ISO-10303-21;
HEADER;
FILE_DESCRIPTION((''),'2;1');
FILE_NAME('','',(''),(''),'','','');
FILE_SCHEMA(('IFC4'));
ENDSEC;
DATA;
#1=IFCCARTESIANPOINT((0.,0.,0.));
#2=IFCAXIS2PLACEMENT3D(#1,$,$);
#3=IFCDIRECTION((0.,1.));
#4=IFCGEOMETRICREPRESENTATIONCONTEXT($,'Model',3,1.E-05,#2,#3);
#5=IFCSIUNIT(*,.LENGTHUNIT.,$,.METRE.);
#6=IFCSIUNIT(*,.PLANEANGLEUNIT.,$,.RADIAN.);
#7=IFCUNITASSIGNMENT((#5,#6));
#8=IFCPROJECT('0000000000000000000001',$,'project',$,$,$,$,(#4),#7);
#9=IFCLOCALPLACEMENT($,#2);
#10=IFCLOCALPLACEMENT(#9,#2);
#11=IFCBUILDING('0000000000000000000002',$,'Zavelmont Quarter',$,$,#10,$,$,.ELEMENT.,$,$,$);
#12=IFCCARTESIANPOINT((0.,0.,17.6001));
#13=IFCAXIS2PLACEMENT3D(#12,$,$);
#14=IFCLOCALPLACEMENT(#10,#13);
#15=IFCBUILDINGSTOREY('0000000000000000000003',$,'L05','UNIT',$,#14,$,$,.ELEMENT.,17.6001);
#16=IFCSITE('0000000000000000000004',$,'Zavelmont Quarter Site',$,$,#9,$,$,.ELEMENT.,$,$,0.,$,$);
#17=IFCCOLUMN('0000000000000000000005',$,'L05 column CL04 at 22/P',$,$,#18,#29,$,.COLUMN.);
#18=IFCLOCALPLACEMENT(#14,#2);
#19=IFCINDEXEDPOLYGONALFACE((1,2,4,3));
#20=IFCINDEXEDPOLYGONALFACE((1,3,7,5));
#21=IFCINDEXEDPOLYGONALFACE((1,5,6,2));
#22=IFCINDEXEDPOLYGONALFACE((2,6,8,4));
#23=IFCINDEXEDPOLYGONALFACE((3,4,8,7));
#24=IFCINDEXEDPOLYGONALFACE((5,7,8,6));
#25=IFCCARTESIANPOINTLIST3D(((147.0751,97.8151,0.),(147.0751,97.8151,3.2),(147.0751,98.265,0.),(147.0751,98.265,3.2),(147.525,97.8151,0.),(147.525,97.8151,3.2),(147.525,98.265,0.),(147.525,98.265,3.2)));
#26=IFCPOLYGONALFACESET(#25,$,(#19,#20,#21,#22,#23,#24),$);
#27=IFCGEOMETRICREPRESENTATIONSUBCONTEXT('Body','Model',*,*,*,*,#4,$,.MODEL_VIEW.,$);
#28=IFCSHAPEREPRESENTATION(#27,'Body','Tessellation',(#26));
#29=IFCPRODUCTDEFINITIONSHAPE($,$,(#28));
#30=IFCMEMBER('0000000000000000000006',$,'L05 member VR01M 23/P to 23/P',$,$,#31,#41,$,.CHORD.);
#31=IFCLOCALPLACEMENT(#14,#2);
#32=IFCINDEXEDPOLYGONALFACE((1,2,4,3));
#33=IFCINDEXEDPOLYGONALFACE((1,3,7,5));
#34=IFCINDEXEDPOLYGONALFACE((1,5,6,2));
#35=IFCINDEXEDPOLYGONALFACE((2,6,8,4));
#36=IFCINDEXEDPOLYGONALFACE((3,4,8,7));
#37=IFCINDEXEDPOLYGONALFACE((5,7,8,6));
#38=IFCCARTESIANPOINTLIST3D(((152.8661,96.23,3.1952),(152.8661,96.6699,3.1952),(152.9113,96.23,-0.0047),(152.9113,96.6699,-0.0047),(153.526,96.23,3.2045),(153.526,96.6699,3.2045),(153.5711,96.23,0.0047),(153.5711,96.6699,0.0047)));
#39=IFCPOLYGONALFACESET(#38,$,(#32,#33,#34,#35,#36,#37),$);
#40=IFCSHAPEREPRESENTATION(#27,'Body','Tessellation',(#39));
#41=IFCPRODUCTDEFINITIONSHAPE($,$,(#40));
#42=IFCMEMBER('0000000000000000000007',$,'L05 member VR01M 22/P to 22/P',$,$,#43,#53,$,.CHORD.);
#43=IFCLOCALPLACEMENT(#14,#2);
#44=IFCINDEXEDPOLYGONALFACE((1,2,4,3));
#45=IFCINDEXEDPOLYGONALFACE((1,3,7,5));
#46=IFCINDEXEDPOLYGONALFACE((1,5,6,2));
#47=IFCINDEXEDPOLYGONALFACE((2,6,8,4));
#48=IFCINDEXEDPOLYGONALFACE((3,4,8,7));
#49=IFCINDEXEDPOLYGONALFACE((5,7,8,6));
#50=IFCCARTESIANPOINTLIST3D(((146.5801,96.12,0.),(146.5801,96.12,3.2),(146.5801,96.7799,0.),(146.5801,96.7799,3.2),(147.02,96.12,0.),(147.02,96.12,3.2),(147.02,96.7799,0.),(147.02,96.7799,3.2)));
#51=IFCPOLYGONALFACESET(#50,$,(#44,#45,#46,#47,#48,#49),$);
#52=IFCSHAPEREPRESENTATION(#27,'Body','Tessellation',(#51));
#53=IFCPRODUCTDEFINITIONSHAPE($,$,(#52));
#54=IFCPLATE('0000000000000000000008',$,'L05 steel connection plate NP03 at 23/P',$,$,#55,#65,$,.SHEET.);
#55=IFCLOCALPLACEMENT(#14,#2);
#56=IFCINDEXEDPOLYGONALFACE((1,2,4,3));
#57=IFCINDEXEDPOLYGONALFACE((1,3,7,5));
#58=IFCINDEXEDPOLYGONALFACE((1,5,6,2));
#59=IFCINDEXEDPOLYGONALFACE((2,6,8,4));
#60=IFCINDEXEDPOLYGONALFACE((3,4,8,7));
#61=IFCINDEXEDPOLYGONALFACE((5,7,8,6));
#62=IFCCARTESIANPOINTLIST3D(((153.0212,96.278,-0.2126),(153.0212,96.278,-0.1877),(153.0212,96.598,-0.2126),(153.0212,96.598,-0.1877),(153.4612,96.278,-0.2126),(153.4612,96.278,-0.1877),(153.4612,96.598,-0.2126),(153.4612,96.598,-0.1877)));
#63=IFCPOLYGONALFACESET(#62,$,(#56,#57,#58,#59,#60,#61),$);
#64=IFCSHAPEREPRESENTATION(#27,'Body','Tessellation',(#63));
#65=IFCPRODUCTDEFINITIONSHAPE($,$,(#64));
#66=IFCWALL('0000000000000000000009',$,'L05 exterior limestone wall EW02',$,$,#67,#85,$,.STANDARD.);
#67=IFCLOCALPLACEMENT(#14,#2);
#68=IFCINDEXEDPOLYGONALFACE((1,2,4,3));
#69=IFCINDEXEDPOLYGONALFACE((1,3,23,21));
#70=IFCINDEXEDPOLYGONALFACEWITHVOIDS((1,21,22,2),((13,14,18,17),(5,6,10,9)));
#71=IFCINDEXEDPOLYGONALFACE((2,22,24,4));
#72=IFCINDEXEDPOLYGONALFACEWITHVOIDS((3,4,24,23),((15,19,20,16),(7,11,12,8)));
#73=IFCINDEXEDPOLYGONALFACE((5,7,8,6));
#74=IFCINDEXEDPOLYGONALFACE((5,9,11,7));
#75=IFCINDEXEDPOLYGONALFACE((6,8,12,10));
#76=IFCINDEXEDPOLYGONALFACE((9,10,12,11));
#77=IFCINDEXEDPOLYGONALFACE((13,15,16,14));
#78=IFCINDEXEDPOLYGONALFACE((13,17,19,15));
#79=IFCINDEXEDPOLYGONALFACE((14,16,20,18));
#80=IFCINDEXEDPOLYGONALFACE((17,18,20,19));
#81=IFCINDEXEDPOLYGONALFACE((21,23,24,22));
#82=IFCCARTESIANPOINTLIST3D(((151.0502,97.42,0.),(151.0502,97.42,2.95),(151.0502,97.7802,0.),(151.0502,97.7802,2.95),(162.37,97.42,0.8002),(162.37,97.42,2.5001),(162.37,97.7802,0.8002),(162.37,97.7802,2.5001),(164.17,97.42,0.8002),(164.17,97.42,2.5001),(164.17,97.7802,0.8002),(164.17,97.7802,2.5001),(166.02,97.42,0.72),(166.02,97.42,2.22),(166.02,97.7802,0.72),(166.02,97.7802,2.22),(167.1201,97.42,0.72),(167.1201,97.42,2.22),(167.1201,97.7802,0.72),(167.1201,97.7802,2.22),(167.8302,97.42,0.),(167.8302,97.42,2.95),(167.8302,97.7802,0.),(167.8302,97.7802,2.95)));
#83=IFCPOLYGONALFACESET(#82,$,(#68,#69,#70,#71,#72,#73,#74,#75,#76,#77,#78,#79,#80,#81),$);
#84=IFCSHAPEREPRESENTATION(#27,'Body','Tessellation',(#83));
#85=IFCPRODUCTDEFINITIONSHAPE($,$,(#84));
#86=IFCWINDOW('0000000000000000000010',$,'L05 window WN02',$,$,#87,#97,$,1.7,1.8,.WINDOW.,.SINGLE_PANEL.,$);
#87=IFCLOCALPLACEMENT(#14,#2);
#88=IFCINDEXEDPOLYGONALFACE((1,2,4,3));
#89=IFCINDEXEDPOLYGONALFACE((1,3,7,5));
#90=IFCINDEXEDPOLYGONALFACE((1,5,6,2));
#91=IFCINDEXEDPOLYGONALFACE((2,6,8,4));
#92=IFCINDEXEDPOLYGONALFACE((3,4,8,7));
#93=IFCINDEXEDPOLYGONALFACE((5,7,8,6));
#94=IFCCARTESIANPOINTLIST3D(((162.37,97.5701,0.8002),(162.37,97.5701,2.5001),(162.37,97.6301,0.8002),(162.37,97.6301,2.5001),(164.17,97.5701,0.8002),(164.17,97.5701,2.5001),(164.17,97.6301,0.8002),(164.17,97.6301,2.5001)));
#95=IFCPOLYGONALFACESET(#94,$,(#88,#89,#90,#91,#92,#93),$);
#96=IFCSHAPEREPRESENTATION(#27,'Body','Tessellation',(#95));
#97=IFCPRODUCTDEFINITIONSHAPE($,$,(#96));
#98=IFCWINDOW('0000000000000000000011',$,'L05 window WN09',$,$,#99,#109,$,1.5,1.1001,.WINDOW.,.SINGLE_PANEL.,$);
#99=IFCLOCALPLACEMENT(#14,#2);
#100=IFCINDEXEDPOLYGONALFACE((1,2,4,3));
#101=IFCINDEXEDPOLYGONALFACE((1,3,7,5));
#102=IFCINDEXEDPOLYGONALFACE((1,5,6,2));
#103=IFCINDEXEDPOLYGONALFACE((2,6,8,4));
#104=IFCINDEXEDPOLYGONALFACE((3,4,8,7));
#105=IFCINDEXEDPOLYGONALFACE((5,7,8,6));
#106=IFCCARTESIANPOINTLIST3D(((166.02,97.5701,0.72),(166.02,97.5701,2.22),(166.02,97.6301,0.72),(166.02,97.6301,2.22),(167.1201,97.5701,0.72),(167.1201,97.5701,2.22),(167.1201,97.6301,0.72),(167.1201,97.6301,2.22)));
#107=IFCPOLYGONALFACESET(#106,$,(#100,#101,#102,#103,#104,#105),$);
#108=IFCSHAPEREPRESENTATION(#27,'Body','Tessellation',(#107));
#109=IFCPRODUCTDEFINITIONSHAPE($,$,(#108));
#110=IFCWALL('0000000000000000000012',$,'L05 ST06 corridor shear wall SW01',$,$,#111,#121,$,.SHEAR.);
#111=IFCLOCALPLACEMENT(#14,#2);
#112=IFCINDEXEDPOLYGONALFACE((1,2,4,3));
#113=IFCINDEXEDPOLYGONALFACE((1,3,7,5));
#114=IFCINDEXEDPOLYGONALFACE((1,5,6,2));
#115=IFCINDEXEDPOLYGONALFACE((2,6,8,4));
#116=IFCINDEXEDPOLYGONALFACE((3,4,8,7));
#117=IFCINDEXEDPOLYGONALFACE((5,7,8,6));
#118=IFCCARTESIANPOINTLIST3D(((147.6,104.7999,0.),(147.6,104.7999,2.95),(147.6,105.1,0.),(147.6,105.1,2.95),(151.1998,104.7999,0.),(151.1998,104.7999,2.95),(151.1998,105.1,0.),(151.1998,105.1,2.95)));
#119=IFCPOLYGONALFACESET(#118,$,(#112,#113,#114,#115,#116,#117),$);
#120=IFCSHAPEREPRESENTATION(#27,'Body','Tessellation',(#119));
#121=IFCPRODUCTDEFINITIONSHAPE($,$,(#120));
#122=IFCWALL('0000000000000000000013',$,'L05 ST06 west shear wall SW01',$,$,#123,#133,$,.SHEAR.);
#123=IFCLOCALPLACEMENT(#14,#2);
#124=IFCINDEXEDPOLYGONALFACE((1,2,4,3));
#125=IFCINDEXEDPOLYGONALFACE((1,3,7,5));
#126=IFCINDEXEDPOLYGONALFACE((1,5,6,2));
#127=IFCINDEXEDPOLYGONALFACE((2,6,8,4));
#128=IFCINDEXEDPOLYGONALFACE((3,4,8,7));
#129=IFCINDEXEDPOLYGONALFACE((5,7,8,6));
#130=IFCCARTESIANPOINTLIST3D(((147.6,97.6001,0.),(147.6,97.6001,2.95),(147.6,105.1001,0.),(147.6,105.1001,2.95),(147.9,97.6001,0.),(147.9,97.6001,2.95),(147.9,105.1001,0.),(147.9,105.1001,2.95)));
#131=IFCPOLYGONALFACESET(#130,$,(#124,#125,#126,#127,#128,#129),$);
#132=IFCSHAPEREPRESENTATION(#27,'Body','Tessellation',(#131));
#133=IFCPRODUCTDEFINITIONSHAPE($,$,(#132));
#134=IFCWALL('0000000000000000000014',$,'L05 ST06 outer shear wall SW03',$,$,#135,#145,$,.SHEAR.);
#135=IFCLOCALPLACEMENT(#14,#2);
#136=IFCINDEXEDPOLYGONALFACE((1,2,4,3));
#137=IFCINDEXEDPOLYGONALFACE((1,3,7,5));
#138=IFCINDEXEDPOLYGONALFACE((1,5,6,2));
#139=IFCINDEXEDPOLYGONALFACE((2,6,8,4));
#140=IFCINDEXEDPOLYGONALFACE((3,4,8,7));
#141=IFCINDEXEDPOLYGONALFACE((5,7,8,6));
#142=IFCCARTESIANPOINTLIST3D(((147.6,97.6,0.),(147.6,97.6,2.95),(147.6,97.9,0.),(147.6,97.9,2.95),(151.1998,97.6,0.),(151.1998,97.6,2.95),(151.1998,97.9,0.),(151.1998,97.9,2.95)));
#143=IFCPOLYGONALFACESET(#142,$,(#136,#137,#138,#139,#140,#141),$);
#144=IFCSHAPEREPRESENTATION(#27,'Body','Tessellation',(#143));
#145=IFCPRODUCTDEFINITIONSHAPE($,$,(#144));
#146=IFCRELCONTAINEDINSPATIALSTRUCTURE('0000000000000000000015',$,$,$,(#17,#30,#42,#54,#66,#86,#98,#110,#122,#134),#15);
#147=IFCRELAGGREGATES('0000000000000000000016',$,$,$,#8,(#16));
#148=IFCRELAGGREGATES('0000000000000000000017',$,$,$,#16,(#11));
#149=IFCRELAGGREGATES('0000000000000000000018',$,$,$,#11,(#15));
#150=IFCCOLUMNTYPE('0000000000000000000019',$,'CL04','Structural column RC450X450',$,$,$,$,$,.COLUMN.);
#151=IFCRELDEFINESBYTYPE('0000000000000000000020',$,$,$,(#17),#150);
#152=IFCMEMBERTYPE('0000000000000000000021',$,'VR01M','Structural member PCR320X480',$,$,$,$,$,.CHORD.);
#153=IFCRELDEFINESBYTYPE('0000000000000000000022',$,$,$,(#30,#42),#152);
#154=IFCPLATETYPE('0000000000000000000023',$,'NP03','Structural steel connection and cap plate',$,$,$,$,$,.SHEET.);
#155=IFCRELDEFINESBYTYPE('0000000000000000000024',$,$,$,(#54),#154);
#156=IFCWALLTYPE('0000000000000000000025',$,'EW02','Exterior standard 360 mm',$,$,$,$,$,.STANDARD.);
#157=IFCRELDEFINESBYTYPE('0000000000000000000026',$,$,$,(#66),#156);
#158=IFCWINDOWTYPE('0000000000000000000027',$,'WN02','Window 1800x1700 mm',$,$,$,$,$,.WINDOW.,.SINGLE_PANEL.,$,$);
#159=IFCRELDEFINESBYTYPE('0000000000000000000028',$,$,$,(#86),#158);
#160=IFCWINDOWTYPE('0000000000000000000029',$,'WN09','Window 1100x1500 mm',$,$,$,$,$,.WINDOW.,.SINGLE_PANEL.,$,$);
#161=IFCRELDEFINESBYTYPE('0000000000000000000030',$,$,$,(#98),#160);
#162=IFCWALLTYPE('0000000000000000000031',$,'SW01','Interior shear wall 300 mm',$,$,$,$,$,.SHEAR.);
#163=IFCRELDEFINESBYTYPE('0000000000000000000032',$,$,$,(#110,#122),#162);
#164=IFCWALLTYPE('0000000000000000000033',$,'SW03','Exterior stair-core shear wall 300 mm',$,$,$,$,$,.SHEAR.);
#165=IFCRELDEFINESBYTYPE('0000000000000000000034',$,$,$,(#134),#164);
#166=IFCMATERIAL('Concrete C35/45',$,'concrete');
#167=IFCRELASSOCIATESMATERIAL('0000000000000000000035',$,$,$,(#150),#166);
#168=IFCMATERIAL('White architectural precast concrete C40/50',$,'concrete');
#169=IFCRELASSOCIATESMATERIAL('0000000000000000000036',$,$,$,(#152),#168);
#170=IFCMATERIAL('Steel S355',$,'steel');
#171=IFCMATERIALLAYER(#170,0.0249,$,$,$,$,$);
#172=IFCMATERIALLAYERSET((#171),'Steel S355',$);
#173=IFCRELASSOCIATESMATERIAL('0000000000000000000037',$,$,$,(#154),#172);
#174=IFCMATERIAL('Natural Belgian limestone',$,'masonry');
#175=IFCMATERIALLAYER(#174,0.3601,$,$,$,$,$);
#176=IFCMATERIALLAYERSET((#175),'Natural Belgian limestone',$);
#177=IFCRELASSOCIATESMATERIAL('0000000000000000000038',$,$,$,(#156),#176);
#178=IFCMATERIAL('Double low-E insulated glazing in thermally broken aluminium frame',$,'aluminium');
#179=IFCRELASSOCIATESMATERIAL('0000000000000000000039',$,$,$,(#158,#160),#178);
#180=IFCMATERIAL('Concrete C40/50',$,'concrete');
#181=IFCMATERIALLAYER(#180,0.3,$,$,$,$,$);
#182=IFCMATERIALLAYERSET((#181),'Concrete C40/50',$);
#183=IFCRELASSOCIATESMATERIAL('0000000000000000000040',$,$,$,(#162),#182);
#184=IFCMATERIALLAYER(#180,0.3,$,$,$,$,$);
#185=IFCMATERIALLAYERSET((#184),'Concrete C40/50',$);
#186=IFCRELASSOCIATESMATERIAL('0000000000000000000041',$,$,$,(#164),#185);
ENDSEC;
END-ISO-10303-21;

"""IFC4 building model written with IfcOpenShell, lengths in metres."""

from ifc_helpers import new_model, si_unit, direction, frame, frame_2d, origin, origin_with_axes, origin_2d, place, context, subcontext, project, spatial, rectangle, extrude, material, layer, layer_set, material_profile, profile_set, type_object, element, fill, save


model = new_model("IFC4")

# Units and contexts
model_context = context("Model", 3, precision=1e-05, world=origin(), true_north=direction((0.0, 1.0)))
body_context = subcontext(model_context, "Body", "Model", "MODEL_VIEW")
ifc_project = project(units=[si_unit("LENGTHUNIT", "METRE"), si_unit("PLANEANGLEUNIT", "RADIAN")], contexts=[model_context])

# Site, building, storey
site_placement = place(None, origin())
site = spatial("IfcSite", under=ifc_project, at=site_placement, Name="Zavelmont Quarter Site", CompositionType="ELEMENT", RefElevation=0.0)
building_placement = place(site_placement, origin())
building = spatial("IfcBuilding", under=site, at=building_placement, Name="Zavelmont Quarter", CompositionType="ELEMENT")
storey_placement = place(building_placement, frame((0.0, 0.0, 17.6001)))
storey = spatial("IfcBuildingStorey", under=building, at=storey_placement, Name="L05", Description="UNIT", CompositionType="ELEMENT", Elevation=17.6001)

# Column
ifc_material_1 = material(Name="Concrete C35/45", Category="concrete")
ifc_material_profile_1 = material_profile(ifc_material_1, rectangle(XDim=0.45, YDim=0.45, at=origin_2d()), Name="RC450X450")
ifc_profile_set_1 = profile_set([ifc_material_profile_1], Name="Concrete C35/45")
column_type = type_object("IfcColumnType", Name="CL04", Description="Structural column RC450X450", PredefinedType="COLUMN", material=ifc_profile_set_1)
column_placement = place(storey_placement, frame((147.3, 98.04, 0.0), z_axis=(0.0, 0.0, 1.0), x_axis=(1.0, 0.0, 0.0)))
element("IfcColumn", 1, at=column_placement, inside=storey, type_object=column_type, Name="L05 column CL04 at 22/P", PredefinedType="COLUMN", context=body_context, shape_type="SweptSolid", body=[
    extrude(rectangle(XDim=0.45, YDim=0.45, at=origin_2d()), origin(), (0.0, 0.0, 1.0), 3.2),
])

# Members
ifc_material_2 = material(Name="White architectural precast concrete C40/50", Category="concrete")
ifc_material_profile_2 = material_profile(ifc_material_2, rectangle(XDim=0.4399, YDim=0.6599, at=origin_2d()), Name="PCR320X480")
ifc_profile_set_2 = profile_set([ifc_material_profile_2], Name="White architectural precast concrete C40/50")
member_type = type_object("IfcMemberType", Name="VR01M", Description="Structural member PCR320X480", PredefinedType="CHORD", material=ifc_profile_set_2)
member_1_placement = place(storey_placement, frame((153.2412, 96.45, 0.0), z_axis=(-0.014113, 0.0, 0.9999), x_axis=(0.0, -1.0, 0.0)))
element("IfcMember", 2, at=member_1_placement, inside=storey, type_object=member_type, Name="L05 member VR01M 23/P to 23/P", PredefinedType="CHORD", context=body_context, shape_type="SweptSolid", body=[
    extrude(rectangle(XDim=0.4399, YDim=0.6599, at=origin_2d()), origin(), (0.0, 0.0, 1.0), 3.2002),
])
member_2_placement = place(storey_placement, frame((146.8, 96.45, 0.0), z_axis=(0.0, 0.0, 1.0), x_axis=(1.0, 0.0, 0.0)))
element("IfcMember", 3, at=member_2_placement, inside=storey, type_object=member_type, Name="L05 member VR01M 22/P to 22/P", PredefinedType="CHORD", context=body_context, shape_type="SweptSolid", body=[
    extrude(rectangle(XDim=0.4399, YDim=0.6599, at=origin_2d()), origin(), (0.0, 0.0, 1.0), 3.2),
])

# Plate
ifc_material_3 = material(Name="Steel S355", Category="steel")
ifc_layer_1 = layer(ifc_material_3, 0.0249)
ifc_layer_set_1 = layer_set([ifc_layer_1], Name="Steel S355")
plate_type = type_object("IfcPlateType", Name="NP03", Description="Structural steel connection and cap plate", PredefinedType="SHEET", material=ifc_layer_set_1)
plate_placement = place(storey_placement, frame((153.2412, 96.438, -0.2126), z_axis=(0.0, 0.0, 1.0), x_axis=(1.0, 0.0, 0.0)))
element("IfcPlate", 4, at=plate_placement, inside=storey, type_object=plate_type, Name="L05 steel connection plate NP03 at 23/P", PredefinedType="SHEET", context=body_context, shape_type="SweptSolid", body=[
    extrude(rectangle(XDim=0.4399, YDim=0.3201, at=origin_2d()), origin(), (0.0, 0.0, 1.0), 0.0249),
])

# Wall, openings, windows
ifc_material_4 = material(Name="Natural Belgian limestone", Category="masonry")
ifc_layer_2 = layer(ifc_material_4, 0.3601)
ifc_layer_set_2 = layer_set([ifc_layer_2], Name="Natural Belgian limestone")
wall_type_1 = type_object("IfcWallType", Name="EW02", Description="Exterior standard 360 mm", PredefinedType="STANDARD", material=ifc_layer_set_2)
wall_1_placement = place(storey_placement, frame((151.05, 97.6001, 0.0), z_axis=(0.0, 0.0, 1.0), x_axis=(1.0, 0.0, 0.0)))
wall_1 = element("IfcWall", 5, at=wall_1_placement, inside=storey, type_object=wall_type_1, Name="L05 exterior limestone wall EW02", PredefinedType="STANDARD", context=body_context, shape_type="SweptSolid", body=[
    extrude(rectangle(XDim=16.78, YDim=0.3601, at=frame_2d((8.3901, 0.0))), origin(), (0.0, 0.0, 1.0), 2.95),
])
opening_1_placement = place(wall_1_placement, frame((11.3201, 0.0, 0.8)))
opening_1 = element("IfcOpeningElement", 6, at=opening_1_placement, cuts=wall_1, PredefinedType="OPENING", context=body_context, shape_type="SweptSolid", body=[
    extrude(rectangle(XDim=1.8, YDim=1.7, at=frame_2d((0.8999, 0.8501))), frame((0.0, 0.1919, 0.0), z_axis=(0.0, -1.0, 0.0), x_axis=(1.0, 0.0, 0.0)), (0.0, 0.0, 1.0), 0.384),
])
opening_2_placement = place(wall_1_placement, frame((14.97, 0.0, 0.72)))
opening_2 = element("IfcOpeningElement", 7, at=opening_2_placement, cuts=wall_1, PredefinedType="OPENING", context=body_context, shape_type="SweptSolid", body=[
    extrude(rectangle(XDim=1.1001, YDim=1.5, at=frame_2d((0.55, 0.75))), frame((0.0, 0.1919, 0.0), z_axis=(0.0, -1.0, 0.0), x_axis=(1.0, 0.0, 0.0)), (0.0, 0.0, 1.0), 0.384),
])
ifc_material_5 = material(Name="Double low-E insulated glazing in thermally broken aluminium frame", Category="aluminium")
window_type_1 = type_object("IfcWindowType", Name="WN02", Description="Window 1800x1700 mm", PartitioningType="SINGLE_PANEL", PredefinedType="WINDOW", material=ifc_material_5)
window_1_placement = place(opening_1_placement, origin_with_axes())
window_1 = element("IfcWindow", 8, at=window_1_placement, inside=storey, type_object=window_type_1, Name="L05 window WN02", OverallHeight=1.7, OverallWidth=1.8, PartitioningType="SINGLE_PANEL", PredefinedType="WINDOW", context=body_context, shape_type="SweptSolid", body=[
    extrude(rectangle(XDim=1.8, YDim=1.7, at=frame_2d((0.8999, 0.8501))), frame((0.0, 0.03, 0.0), z_axis=(0.0, -1.0, 0.0), x_axis=(1.0, 0.0, 0.0)), (0.0, 0.0, 1.0), 0.0601),
])
fill(opening_1, window_1)
window_type_2 = type_object("IfcWindowType", Name="WN09", Description="Window 1100x1500 mm", PartitioningType="SINGLE_PANEL", PredefinedType="WINDOW", material=ifc_material_5)
window_2_placement = place(opening_2_placement, origin_with_axes())
window_2 = element("IfcWindow", 9, at=window_2_placement, inside=storey, type_object=window_type_2, Name="L05 window WN09", OverallHeight=1.5, OverallWidth=1.1001, PartitioningType="SINGLE_PANEL", PredefinedType="WINDOW", context=body_context, shape_type="SweptSolid", body=[
    extrude(rectangle(XDim=1.1001, YDim=1.5, at=frame_2d((0.55, 0.75))), frame((0.0, 0.03, 0.0), z_axis=(0.0, -1.0, 0.0), x_axis=(1.0, 0.0, 0.0)), (0.0, 0.0, 1.0), 0.0601),
])
fill(opening_2, window_2)

# Walls
ifc_material_6 = material(Name="Concrete C40/50", Category="concrete")
ifc_layer_3 = layer(ifc_material_6, 0.3)
ifc_layer_set_3 = layer_set([ifc_layer_3], Name="Concrete C40/50")
wall_type_2 = type_object("IfcWallType", Name="SW01", Description="Interior shear wall 300 mm", PredefinedType="SHEAR", material=ifc_layer_set_3)
wall_2_placement = place(storey_placement, frame((147.6001, 104.95, 0.0), z_axis=(0.0, 0.0, 1.0), x_axis=(1.0, 0.0, 0.0)))
element("IfcWall", 10, at=wall_2_placement, inside=storey, type_object=wall_type_2, Name="L05 ST06 corridor shear wall SW01", PredefinedType="SHEAR", context=body_context, shape_type="SweptSolid", body=[
    extrude(rectangle(XDim=3.5999, YDim=0.3, at=frame_2d((1.7998, 0.0))), origin(), (0.0, 0.0, 1.0), 2.95),
])
wall_3_placement = place(storey_placement, frame((147.75, 97.6001, 0.0), z_axis=(0.0, 0.0, 1.0), x_axis=(0.0, 1.0, 0.0)))
element("IfcWall", 11, at=wall_3_placement, inside=storey, type_object=wall_type_2, Name="L05 ST06 west shear wall SW01", PredefinedType="SHEAR", context=body_context, shape_type="SweptSolid", body=[
    extrude(rectangle(XDim=7.5, YDim=0.3, at=frame_2d((3.75, 0.0))), origin(), (0.0, 0.0, 1.0), 2.95),
])

# Wall
ifc_layer_4 = layer(ifc_material_6, 0.3)
ifc_layer_set_4 = layer_set([ifc_layer_4], Name="Concrete C40/50")
wall_type_3 = type_object("IfcWallType", Name="SW03", Description="Exterior stair-core shear wall 300 mm", PredefinedType="SHEAR", material=ifc_layer_set_4)
wall_4_placement = place(storey_placement, frame((147.6001, 97.75, 0.0), z_axis=(0.0, 0.0, 1.0), x_axis=(1.0, 0.0, 0.0)))
element("IfcWall", 12, at=wall_4_placement, inside=storey, type_object=wall_type_3, Name="L05 ST06 outer shear wall SW03", PredefinedType="SHEAR", context=body_context, shape_type="SweptSolid", body=[
    extrude(rectangle(XDim=3.5999, YDim=0.3, at=frame_2d((1.7998, 0.0))), origin(), (0.0, 0.0, 1.0), 2.95),
])

save(model, "model.ifc")
